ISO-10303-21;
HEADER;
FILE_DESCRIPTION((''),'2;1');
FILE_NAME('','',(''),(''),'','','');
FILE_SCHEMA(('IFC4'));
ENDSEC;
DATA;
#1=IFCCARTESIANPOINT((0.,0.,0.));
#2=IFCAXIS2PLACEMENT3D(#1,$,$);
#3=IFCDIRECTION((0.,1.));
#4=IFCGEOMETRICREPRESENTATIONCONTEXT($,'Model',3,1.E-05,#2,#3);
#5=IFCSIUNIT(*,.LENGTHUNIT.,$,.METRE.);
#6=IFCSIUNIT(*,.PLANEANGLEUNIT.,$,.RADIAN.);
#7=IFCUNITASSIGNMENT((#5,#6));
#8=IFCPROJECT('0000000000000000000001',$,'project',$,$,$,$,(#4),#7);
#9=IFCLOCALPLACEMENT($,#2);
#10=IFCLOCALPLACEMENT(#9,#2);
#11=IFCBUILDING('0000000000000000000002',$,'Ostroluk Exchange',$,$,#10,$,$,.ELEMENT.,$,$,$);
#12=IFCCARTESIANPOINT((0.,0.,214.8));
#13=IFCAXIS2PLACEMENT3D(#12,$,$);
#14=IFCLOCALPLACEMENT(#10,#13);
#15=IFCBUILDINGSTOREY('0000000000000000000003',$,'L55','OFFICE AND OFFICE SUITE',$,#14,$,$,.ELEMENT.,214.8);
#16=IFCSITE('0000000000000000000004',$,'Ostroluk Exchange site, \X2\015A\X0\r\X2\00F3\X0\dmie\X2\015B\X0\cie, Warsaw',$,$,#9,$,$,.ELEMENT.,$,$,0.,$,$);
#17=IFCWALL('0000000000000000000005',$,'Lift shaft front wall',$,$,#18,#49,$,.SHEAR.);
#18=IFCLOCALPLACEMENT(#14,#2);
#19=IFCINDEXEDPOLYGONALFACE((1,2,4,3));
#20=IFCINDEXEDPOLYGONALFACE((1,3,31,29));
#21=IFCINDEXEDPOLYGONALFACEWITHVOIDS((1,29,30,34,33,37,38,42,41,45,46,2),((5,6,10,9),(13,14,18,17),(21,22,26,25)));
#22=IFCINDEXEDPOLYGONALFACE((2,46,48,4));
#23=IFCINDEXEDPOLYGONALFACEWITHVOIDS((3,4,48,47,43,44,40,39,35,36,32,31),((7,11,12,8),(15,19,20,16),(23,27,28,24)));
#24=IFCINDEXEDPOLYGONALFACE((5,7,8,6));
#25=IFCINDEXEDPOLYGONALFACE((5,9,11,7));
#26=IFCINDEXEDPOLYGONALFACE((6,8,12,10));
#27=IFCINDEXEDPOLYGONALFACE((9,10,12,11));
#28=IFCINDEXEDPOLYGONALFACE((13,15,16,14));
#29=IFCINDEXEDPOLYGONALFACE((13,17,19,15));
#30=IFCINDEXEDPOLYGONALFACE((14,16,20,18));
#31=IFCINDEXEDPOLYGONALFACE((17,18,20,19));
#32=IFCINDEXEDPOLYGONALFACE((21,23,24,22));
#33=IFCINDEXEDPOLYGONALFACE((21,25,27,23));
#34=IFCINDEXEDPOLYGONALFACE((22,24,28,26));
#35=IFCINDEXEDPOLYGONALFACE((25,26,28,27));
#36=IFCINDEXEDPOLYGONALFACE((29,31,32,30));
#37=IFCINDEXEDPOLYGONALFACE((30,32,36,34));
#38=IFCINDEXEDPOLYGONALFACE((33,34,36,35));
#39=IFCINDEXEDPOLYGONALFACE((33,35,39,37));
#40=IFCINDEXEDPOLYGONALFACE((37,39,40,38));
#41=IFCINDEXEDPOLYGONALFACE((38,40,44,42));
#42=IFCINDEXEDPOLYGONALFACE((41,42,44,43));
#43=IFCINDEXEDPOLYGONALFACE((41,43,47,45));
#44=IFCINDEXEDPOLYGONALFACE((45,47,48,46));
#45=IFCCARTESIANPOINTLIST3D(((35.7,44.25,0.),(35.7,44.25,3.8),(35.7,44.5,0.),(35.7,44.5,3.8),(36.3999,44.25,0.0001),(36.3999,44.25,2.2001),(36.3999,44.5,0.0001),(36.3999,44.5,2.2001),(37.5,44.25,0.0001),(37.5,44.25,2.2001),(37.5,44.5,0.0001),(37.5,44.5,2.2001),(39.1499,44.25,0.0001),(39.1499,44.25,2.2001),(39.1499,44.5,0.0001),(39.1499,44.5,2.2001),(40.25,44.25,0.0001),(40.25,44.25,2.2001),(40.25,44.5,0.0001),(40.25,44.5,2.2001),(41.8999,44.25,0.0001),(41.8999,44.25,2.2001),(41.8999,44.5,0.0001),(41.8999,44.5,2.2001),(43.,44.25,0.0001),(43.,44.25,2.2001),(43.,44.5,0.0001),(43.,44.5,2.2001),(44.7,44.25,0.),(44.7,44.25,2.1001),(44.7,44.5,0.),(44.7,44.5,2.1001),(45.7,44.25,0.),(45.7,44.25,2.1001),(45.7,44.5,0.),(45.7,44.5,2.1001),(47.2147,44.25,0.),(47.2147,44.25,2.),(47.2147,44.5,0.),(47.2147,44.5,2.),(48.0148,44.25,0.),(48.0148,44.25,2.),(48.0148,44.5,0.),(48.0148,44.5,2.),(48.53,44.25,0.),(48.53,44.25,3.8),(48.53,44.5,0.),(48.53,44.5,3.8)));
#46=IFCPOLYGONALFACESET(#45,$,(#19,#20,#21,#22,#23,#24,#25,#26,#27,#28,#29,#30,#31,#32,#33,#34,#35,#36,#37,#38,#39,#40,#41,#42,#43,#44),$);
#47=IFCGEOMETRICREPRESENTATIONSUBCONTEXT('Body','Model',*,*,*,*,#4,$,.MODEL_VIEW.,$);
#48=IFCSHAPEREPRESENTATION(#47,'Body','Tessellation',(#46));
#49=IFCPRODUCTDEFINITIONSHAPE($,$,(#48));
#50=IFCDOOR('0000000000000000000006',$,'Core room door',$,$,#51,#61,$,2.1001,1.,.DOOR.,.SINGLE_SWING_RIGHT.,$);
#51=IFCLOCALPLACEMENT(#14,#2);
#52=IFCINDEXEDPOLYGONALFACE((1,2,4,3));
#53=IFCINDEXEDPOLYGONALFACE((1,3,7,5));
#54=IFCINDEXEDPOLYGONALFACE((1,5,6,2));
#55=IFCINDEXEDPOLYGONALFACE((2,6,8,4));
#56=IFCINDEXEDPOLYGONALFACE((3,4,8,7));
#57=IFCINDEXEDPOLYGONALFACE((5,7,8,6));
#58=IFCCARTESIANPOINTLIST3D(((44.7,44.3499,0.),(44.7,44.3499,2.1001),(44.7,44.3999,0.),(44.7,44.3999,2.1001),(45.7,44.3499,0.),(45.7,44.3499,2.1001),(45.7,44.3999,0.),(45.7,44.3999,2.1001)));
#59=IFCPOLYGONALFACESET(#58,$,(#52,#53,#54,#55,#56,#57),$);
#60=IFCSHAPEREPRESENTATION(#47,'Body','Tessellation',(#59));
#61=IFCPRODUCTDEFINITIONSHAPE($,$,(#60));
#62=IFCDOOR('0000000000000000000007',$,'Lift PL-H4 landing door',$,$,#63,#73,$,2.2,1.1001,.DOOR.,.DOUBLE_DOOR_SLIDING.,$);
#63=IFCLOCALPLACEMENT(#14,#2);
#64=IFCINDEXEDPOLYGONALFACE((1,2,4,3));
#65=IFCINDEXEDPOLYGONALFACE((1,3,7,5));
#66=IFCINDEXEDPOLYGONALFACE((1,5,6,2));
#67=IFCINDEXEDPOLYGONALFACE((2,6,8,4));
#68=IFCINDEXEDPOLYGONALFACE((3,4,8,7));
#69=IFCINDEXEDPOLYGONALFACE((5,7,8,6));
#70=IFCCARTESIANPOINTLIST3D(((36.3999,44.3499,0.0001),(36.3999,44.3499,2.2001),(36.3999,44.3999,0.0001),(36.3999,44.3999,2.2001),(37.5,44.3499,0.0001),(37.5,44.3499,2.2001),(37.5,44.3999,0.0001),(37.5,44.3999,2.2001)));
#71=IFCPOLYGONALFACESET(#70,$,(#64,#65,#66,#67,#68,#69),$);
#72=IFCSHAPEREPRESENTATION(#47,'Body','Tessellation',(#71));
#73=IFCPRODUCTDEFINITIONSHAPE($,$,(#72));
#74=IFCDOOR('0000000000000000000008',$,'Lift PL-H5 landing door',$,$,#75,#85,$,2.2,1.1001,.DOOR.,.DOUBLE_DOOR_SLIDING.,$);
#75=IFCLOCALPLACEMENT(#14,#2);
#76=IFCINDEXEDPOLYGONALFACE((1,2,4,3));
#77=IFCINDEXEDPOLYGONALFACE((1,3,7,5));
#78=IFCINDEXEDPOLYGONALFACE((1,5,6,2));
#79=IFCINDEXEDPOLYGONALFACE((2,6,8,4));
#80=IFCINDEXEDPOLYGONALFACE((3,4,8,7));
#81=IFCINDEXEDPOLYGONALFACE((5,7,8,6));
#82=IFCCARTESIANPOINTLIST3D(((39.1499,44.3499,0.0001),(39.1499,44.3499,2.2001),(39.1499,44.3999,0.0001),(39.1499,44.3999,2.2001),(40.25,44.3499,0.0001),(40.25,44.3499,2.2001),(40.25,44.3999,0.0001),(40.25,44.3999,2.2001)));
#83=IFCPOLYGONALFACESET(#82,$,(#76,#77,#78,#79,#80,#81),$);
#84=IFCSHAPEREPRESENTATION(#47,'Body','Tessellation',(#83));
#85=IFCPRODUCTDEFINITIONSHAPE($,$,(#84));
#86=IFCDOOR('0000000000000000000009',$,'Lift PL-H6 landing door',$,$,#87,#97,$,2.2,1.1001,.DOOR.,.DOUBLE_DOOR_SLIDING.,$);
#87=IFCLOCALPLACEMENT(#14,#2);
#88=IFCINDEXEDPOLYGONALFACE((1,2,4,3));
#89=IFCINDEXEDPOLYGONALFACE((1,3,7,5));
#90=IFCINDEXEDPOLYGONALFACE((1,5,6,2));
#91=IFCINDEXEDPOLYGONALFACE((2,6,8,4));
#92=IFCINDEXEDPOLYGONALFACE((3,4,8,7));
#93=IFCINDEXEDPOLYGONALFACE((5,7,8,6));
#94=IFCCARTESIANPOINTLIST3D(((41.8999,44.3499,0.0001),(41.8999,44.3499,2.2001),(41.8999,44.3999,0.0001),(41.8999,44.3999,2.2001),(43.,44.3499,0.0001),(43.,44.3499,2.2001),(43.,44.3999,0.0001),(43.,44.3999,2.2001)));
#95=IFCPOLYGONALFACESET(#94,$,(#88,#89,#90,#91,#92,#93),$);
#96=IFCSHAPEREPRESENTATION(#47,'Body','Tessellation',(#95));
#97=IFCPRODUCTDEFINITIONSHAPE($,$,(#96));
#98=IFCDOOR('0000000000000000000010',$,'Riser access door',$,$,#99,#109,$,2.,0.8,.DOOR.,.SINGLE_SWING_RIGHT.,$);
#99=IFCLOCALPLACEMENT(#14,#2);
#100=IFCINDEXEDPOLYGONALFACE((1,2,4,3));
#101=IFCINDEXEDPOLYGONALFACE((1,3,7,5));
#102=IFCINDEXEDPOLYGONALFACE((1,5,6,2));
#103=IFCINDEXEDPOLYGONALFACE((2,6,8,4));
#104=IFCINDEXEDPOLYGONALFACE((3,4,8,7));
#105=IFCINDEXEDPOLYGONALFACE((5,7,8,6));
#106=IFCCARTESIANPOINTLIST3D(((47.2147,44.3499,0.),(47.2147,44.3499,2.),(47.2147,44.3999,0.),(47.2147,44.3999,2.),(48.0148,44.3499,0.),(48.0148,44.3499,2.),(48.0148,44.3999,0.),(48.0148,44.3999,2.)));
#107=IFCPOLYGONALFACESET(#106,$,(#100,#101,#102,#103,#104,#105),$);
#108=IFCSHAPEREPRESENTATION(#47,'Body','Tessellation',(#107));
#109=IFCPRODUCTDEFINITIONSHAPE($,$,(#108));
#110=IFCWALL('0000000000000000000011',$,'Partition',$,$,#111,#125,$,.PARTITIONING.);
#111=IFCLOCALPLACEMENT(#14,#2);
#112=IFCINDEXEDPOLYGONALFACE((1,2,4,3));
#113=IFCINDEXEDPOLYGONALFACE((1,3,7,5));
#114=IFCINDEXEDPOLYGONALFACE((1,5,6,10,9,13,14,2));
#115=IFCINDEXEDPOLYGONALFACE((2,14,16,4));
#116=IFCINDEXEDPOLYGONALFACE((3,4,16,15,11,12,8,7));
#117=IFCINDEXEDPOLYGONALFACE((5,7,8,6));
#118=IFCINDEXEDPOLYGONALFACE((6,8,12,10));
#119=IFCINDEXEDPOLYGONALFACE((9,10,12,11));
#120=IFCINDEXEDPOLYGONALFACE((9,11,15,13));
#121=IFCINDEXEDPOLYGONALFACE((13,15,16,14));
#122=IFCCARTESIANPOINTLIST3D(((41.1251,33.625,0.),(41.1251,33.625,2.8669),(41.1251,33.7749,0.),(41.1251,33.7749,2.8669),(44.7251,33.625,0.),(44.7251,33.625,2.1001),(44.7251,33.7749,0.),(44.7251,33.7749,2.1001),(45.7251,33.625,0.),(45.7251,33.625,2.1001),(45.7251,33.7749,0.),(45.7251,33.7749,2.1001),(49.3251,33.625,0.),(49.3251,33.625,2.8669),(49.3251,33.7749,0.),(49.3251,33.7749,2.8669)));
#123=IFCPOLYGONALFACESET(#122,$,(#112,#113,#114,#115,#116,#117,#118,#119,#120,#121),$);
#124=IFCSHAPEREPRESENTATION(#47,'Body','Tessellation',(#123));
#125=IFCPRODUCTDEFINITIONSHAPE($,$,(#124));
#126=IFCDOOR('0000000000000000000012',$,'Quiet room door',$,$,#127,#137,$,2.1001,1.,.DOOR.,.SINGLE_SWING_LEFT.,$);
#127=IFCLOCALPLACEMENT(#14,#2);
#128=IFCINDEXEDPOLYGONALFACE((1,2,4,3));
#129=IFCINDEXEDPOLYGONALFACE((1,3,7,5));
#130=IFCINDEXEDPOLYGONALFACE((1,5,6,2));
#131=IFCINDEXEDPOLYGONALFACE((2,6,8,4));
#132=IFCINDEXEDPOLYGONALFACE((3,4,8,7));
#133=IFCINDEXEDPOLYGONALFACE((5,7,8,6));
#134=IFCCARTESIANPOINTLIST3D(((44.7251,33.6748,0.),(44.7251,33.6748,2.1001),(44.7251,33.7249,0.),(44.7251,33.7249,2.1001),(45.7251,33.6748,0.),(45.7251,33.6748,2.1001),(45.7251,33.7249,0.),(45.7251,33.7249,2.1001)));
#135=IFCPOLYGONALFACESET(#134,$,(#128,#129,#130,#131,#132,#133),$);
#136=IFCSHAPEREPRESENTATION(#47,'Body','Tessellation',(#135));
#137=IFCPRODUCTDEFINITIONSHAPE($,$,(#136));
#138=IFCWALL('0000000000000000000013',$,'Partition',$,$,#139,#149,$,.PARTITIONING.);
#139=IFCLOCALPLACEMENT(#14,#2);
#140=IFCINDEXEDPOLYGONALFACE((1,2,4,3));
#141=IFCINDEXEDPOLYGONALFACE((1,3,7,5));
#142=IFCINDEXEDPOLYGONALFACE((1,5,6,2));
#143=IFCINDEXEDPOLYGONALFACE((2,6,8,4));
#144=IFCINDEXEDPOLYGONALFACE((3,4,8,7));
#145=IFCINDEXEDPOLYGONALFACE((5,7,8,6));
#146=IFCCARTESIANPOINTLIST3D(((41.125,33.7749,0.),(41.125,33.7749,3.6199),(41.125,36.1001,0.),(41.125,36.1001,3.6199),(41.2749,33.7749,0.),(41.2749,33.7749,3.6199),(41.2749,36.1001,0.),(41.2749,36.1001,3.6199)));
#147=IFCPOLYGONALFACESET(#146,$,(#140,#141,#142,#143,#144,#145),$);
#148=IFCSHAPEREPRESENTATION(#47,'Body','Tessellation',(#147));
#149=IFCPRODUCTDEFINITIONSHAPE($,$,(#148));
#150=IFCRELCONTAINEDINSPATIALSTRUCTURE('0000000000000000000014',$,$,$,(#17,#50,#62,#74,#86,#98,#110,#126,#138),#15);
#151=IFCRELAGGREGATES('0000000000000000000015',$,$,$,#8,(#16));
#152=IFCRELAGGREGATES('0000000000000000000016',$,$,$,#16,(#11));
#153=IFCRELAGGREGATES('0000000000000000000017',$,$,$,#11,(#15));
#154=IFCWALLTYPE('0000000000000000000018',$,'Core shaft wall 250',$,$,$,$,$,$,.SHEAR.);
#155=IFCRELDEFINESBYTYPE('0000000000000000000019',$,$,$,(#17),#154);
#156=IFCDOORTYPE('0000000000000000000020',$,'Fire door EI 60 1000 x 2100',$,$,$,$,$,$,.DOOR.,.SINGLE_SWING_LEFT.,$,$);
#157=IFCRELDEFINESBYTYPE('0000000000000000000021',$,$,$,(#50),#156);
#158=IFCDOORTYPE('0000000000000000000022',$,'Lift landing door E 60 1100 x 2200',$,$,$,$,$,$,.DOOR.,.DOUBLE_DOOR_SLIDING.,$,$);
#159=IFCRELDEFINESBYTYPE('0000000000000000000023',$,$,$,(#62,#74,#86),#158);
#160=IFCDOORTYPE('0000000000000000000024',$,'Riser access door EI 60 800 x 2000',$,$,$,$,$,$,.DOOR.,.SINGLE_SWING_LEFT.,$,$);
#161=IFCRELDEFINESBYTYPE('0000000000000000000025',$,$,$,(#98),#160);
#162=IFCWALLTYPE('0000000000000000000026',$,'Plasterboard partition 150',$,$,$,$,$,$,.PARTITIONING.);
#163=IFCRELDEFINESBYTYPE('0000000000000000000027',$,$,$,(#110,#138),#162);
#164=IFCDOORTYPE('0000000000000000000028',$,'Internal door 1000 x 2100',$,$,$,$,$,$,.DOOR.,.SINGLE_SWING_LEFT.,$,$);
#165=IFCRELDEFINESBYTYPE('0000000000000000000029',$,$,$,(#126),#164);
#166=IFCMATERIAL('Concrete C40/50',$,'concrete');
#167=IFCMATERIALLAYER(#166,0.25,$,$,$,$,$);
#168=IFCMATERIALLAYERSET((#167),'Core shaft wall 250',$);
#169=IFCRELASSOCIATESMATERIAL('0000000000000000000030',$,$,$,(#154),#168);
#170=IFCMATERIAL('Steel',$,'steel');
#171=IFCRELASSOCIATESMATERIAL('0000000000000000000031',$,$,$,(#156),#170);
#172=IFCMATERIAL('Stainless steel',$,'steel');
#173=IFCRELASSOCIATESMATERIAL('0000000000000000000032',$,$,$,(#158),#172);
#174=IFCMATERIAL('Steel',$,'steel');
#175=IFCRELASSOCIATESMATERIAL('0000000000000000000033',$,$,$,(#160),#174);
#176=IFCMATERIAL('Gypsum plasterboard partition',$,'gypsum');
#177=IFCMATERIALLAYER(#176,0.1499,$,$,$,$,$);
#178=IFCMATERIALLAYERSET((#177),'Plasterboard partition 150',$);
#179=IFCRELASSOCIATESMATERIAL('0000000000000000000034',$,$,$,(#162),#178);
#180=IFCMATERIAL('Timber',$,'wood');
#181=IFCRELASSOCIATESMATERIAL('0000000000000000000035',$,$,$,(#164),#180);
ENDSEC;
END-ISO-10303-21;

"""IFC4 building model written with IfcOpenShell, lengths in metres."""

from ifc_helpers import new_model, si_unit, direction, frame, frame_2d, origin, place, context, subcontext, project, spatial, rectangle, extrude, material, layer, layer_set, type_object, element, fill, save


model = new_model("IFC4")

# Units and contexts
model_context = context("Model", 3, precision=1e-05, world=origin(), true_north=direction((0.0, 1.0)))
body_context = subcontext(model_context, "Body", "Model", "MODEL_VIEW")
ifc_project = project(units=[si_unit("LENGTHUNIT", "METRE"), si_unit("PLANEANGLEUNIT", "RADIAN")], contexts=[model_context])

# Site, building, storey
site_placement = place(None, origin())
site = spatial("IfcSite", under=ifc_project, at=site_placement, Name="Ostroluk Exchange site, Śródmieście, Warsaw", CompositionType="ELEMENT", RefElevation=0.0)
building_placement = place(site_placement, origin())
building = spatial("IfcBuilding", under=site, at=building_placement, Name="Ostroluk Exchange", CompositionType="ELEMENT")
storey_placement = place(building_placement, frame((0.0, 0.0, 214.8)))
storey = spatial("IfcBuildingStorey", under=building, at=storey_placement, Name="L55", Description="OFFICE AND OFFICE SUITE", CompositionType="ELEMENT", Elevation=214.8)

# Shared definitions
ifc_material_1 = material(Name="Concrete C40/50", Category="concrete")
ifc_layer_1 = layer(ifc_material_1, 0.25)
ifc_layer_set_1 = layer_set([ifc_layer_1], Name="Core shaft wall 250")
wall_type_1 = type_object("IfcWallType", Name="Core shaft wall 250", PredefinedType="SHEAR", material=ifc_layer_set_1)

# Wall, openings, doors
wall_1_placement = place(storey_placement, frame((35.7, 44.375, 0.0), z_axis=(0.0, 0.0, 1.0), x_axis=(1.0, 0.0, 0.0)))
wall_1 = element("IfcWall", 1, at=wall_1_placement, inside=storey, type_object=wall_type_1, Name="Lift shaft front wall", PredefinedType="SHEAR", context=body_context, shape_type="SweptSolid", body=[
    extrude(rectangle(XDim=12.8301, YDim=0.25, at=frame_2d((6.415, 0.0))), origin(), (0.0, 0.0, 1.0), 3.8),
])
opening_1_placement = place(wall_1_placement, frame((0.7, 0.0, 0.0)))
opening_1 = element("IfcOpeningElement", 2, at=opening_1_placement, cuts=wall_1, PredefinedType="OPENING", context=body_context, shape_type="SweptSolid", body=[
    extrude(rectangle(XDim=1.1001, YDim=2.2, at=frame_2d((0.55, 1.1001))), frame((0.0, 0.135, 0.0), z_axis=(0.0, -1.0, 0.0), x_axis=(1.0, 0.0, 0.0)), (0.0, 0.0, 1.0), 0.27),
])
opening_2_placement = place(wall_1_placement, frame((3.45, 0.0, 0.0)))
opening_2 = element("IfcOpeningElement", 3, at=opening_2_placement, cuts=wall_1, PredefinedType="OPENING", context=body_context, shape_type="SweptSolid", body=[
    extrude(rectangle(XDim=1.1001, YDim=2.2, at=frame_2d((0.55, 1.1001))), frame((0.0, 0.135, 0.0), z_axis=(0.0, -1.0, 0.0), x_axis=(1.0, 0.0, 0.0)), (0.0, 0.0, 1.0), 0.27),
])
opening_3_placement = place(wall_1_placement, frame((6.2, 0.0, 0.0)))
opening_3 = element("IfcOpeningElement", 4, at=opening_3_placement, cuts=wall_1, PredefinedType="OPENING", context=body_context, shape_type="SweptSolid", body=[
    extrude(rectangle(XDim=1.1001, YDim=2.2, at=frame_2d((0.55, 1.1001))), frame((0.0, 0.135, 0.0), z_axis=(0.0, -1.0, 0.0), x_axis=(1.0, 0.0, 0.0)), (0.0, 0.0, 1.0), 0.27),
])
opening_4_placement = place(wall_1_placement, frame((9.0, 0.0, 0.0)))
opening_4 = element("IfcOpeningElement", 5, at=opening_4_placement, cuts=wall_1, PredefinedType="OPENING", context=body_context, shape_type="SweptSolid", body=[
    extrude(rectangle(XDim=1.0, YDim=2.1001, at=frame_2d((0.5, 1.05))), frame((0.0, 0.135, 0.0), z_axis=(0.0, -1.0, 0.0), x_axis=(1.0, 0.0, 0.0)), (0.0, 0.0, 1.0), 0.27),
])
opening_5_placement = place(wall_1_placement, frame((11.5149, 0.0, 0.0)))
opening_5 = element("IfcOpeningElement", 6, at=opening_5_placement, cuts=wall_1, PredefinedType="OPENING", context=body_context, shape_type="SweptSolid", body=[
    extrude(rectangle(XDim=0.8, YDim=2.0, at=frame_2d((0.3999, 1.0))), frame((0.0, 0.135, 0.0), z_axis=(0.0, -1.0, 0.0), x_axis=(1.0, 0.0, 0.0)), (0.0, 0.0, 1.0), 0.27),
])
ifc_material_2 = material(Name="Steel", Category="steel")
door_type_1 = type_object("IfcDoorType", Name="Fire door EI 60 1000 x 2100", OperationType="SINGLE_SWING_LEFT", PredefinedType="DOOR", material=ifc_material_2)
door_1_placement = place(opening_4_placement, origin())
door_1 = element("IfcDoor", 7, at=door_1_placement, inside=storey, type_object=door_type_1, Name="Core room door", OperationType="SINGLE_SWING_RIGHT", OverallHeight=2.1001, OverallWidth=1.0, PredefinedType="DOOR", context=body_context, shape_type="SweptSolid", body=[
    extrude(rectangle(XDim=1.0, YDim=2.1001, at=frame_2d((0.5, 1.05))), frame((0.0, 0.0249, 0.0), z_axis=(0.0, -1.0, 0.0), x_axis=(1.0, 0.0, 0.0)), (0.0, 0.0, 1.0), 0.05),
])
fill(opening_4, door_1)
ifc_material_3 = material(Name="Stainless steel", Category="steel")
door_type_2 = type_object("IfcDoorType", Name="Lift landing door E 60 1100 x 2200", OperationType="DOUBLE_DOOR_SLIDING", PredefinedType="DOOR", material=ifc_material_3)
door_2_placement = place(opening_1_placement, origin())
door_2 = element("IfcDoor", 8, at=door_2_placement, inside=storey, type_object=door_type_2, Name="Lift PL-H4 landing door", OperationType="DOUBLE_DOOR_SLIDING", OverallHeight=2.2, OverallWidth=1.1001, PredefinedType="DOOR", context=body_context, shape_type="SweptSolid", body=[
    extrude(rectangle(XDim=1.1001, YDim=2.2, at=frame_2d((0.55, 1.1001))), frame((0.0, 0.0249, 0.0), z_axis=(0.0, -1.0, 0.0), x_axis=(1.0, 0.0, 0.0)), (0.0, 0.0, 1.0), 0.05),
])
fill(opening_1, door_2)
door_3_placement = place(opening_2_placement, origin())
door_3 = element("IfcDoor", 9, at=door_3_placement, inside=storey, type_object=door_type_2, Name="Lift PL-H5 landing door", OperationType="DOUBLE_DOOR_SLIDING", OverallHeight=2.2, OverallWidth=1.1001, PredefinedType="DOOR", context=body_context, shape_type="SweptSolid", body=[
    extrude(rectangle(XDim=1.1001, YDim=2.2, at=frame_2d((0.55, 1.1001))), frame((0.0, 0.0249, 0.0), z_axis=(0.0, -1.0, 0.0), x_axis=(1.0, 0.0, 0.0)), (0.0, 0.0, 1.0), 0.05),
])
fill(opening_2, door_3)
door_4_placement = place(opening_3_placement, origin())
door_4 = element("IfcDoor", 10, at=door_4_placement, inside=storey, type_object=door_type_2, Name="Lift PL-H6 landing door", OperationType="DOUBLE_DOOR_SLIDING", OverallHeight=2.2, OverallWidth=1.1001, PredefinedType="DOOR", context=body_context, shape_type="SweptSolid", body=[
    extrude(rectangle(XDim=1.1001, YDim=2.2, at=frame_2d((0.55, 1.1001))), frame((0.0, 0.0249, 0.0), z_axis=(0.0, -1.0, 0.0), x_axis=(1.0, 0.0, 0.0)), (0.0, 0.0, 1.0), 0.05),
])
fill(opening_3, door_4)
ifc_material_4 = material(Name="Steel", Category="steel")
door_type_3 = type_object("IfcDoorType", Name="Riser access door EI 60 800 x 2000", OperationType="SINGLE_SWING_LEFT", PredefinedType="DOOR", material=ifc_material_4)
door_5_placement = place(opening_5_placement, origin())
door_5 = element("IfcDoor", 11, at=door_5_placement, inside=storey, type_object=door_type_3, Name="Riser access door", OperationType="SINGLE_SWING_RIGHT", OverallHeight=2.0, OverallWidth=0.8, PredefinedType="DOOR", context=body_context, shape_type="SweptSolid", body=[
    extrude(rectangle(XDim=0.8, YDim=2.0, at=frame_2d((0.3999, 1.0))), frame((0.0, 0.0249, 0.0), z_axis=(0.0, -1.0, 0.0), x_axis=(1.0, 0.0, 0.0)), (0.0, 0.0, 1.0), 0.05),
])
fill(opening_5, door_5)

# Wall, opening, door
ifc_material_5 = material(Name="Gypsum plasterboard partition", Category="gypsum")
ifc_layer_2 = layer(ifc_material_5, 0.1499)
ifc_layer_set_2 = layer_set([ifc_layer_2], Name="Plasterboard partition 150")
wall_type_2 = type_object("IfcWallType", Name="Plasterboard partition 150", PredefinedType="PARTITIONING", material=ifc_layer_set_2)
wall_2_placement = place(storey_placement, frame((41.125, 33.7, 0.0), z_axis=(0.0, 0.0, 1.0), x_axis=(1.0, 0.0, 0.0)))
wall_2 = element("IfcWall", 12, at=wall_2_placement, inside=storey, type_object=wall_type_2, Name="Partition", PredefinedType="PARTITIONING", context=body_context, shape_type="SweptSolid", body=[
    extrude(rectangle(XDim=8.2, YDim=0.1499, at=frame_2d((4.1001, 0.0))), origin(), (0.0, 0.0, 1.0), 2.8669),
])
opening_6_placement = place(wall_2_placement, frame((3.6001, 0.0, 0.0)))
opening_6 = element("IfcOpeningElement", 13, at=opening_6_placement, cuts=wall_2, PredefinedType="OPENING", context=body_context, shape_type="SweptSolid", body=[
    extrude(rectangle(XDim=1.0, YDim=2.1001, at=frame_2d((0.5, 1.05))), frame((0.0, 0.085, 0.0), z_axis=(0.0, -1.0, 0.0), x_axis=(1.0, 0.0, 0.0)), (0.0, 0.0, 1.0), 0.1699),
])
ifc_material_6 = material(Name="Timber", Category="wood")
door_type_4 = type_object("IfcDoorType", Name="Internal door 1000 x 2100", OperationType="SINGLE_SWING_LEFT", PredefinedType="DOOR", material=ifc_material_6)
door_6_placement = place(opening_6_placement, origin())
door_6 = element("IfcDoor", 14, at=door_6_placement, inside=storey, type_object=door_type_4, Name="Quiet room door", OperationType="SINGLE_SWING_LEFT", OverallHeight=2.1001, OverallWidth=1.0, PredefinedType="DOOR", context=body_context, shape_type="SweptSolid", body=[
    extrude(rectangle(XDim=1.0, YDim=2.1001, at=frame_2d((0.5, 1.05))), frame((0.0, 0.0249, 0.0), z_axis=(0.0, -1.0, 0.0), x_axis=(1.0, 0.0, 0.0)), (0.0, 0.0, 1.0), 0.05),
])
fill(opening_6, door_6)

# Wall
wall_3_placement = place(storey_placement, frame((41.2, 36.1001, 0.0), z_axis=(0.0, 0.0, 1.0), x_axis=(0.0, -1.0, 0.0)))
element("IfcWall", 15, at=wall_3_placement, inside=storey, type_object=wall_type_2, Name="Partition", PredefinedType="PARTITIONING", context=body_context, shape_type="SweptSolid", body=[
    extrude(rectangle(XDim=2.3252, YDim=0.1499, at=frame_2d((1.1626, 0.0))), origin(), (0.0, 0.0, 1.0), 3.6199),
])

save(model, "model.ifc")
